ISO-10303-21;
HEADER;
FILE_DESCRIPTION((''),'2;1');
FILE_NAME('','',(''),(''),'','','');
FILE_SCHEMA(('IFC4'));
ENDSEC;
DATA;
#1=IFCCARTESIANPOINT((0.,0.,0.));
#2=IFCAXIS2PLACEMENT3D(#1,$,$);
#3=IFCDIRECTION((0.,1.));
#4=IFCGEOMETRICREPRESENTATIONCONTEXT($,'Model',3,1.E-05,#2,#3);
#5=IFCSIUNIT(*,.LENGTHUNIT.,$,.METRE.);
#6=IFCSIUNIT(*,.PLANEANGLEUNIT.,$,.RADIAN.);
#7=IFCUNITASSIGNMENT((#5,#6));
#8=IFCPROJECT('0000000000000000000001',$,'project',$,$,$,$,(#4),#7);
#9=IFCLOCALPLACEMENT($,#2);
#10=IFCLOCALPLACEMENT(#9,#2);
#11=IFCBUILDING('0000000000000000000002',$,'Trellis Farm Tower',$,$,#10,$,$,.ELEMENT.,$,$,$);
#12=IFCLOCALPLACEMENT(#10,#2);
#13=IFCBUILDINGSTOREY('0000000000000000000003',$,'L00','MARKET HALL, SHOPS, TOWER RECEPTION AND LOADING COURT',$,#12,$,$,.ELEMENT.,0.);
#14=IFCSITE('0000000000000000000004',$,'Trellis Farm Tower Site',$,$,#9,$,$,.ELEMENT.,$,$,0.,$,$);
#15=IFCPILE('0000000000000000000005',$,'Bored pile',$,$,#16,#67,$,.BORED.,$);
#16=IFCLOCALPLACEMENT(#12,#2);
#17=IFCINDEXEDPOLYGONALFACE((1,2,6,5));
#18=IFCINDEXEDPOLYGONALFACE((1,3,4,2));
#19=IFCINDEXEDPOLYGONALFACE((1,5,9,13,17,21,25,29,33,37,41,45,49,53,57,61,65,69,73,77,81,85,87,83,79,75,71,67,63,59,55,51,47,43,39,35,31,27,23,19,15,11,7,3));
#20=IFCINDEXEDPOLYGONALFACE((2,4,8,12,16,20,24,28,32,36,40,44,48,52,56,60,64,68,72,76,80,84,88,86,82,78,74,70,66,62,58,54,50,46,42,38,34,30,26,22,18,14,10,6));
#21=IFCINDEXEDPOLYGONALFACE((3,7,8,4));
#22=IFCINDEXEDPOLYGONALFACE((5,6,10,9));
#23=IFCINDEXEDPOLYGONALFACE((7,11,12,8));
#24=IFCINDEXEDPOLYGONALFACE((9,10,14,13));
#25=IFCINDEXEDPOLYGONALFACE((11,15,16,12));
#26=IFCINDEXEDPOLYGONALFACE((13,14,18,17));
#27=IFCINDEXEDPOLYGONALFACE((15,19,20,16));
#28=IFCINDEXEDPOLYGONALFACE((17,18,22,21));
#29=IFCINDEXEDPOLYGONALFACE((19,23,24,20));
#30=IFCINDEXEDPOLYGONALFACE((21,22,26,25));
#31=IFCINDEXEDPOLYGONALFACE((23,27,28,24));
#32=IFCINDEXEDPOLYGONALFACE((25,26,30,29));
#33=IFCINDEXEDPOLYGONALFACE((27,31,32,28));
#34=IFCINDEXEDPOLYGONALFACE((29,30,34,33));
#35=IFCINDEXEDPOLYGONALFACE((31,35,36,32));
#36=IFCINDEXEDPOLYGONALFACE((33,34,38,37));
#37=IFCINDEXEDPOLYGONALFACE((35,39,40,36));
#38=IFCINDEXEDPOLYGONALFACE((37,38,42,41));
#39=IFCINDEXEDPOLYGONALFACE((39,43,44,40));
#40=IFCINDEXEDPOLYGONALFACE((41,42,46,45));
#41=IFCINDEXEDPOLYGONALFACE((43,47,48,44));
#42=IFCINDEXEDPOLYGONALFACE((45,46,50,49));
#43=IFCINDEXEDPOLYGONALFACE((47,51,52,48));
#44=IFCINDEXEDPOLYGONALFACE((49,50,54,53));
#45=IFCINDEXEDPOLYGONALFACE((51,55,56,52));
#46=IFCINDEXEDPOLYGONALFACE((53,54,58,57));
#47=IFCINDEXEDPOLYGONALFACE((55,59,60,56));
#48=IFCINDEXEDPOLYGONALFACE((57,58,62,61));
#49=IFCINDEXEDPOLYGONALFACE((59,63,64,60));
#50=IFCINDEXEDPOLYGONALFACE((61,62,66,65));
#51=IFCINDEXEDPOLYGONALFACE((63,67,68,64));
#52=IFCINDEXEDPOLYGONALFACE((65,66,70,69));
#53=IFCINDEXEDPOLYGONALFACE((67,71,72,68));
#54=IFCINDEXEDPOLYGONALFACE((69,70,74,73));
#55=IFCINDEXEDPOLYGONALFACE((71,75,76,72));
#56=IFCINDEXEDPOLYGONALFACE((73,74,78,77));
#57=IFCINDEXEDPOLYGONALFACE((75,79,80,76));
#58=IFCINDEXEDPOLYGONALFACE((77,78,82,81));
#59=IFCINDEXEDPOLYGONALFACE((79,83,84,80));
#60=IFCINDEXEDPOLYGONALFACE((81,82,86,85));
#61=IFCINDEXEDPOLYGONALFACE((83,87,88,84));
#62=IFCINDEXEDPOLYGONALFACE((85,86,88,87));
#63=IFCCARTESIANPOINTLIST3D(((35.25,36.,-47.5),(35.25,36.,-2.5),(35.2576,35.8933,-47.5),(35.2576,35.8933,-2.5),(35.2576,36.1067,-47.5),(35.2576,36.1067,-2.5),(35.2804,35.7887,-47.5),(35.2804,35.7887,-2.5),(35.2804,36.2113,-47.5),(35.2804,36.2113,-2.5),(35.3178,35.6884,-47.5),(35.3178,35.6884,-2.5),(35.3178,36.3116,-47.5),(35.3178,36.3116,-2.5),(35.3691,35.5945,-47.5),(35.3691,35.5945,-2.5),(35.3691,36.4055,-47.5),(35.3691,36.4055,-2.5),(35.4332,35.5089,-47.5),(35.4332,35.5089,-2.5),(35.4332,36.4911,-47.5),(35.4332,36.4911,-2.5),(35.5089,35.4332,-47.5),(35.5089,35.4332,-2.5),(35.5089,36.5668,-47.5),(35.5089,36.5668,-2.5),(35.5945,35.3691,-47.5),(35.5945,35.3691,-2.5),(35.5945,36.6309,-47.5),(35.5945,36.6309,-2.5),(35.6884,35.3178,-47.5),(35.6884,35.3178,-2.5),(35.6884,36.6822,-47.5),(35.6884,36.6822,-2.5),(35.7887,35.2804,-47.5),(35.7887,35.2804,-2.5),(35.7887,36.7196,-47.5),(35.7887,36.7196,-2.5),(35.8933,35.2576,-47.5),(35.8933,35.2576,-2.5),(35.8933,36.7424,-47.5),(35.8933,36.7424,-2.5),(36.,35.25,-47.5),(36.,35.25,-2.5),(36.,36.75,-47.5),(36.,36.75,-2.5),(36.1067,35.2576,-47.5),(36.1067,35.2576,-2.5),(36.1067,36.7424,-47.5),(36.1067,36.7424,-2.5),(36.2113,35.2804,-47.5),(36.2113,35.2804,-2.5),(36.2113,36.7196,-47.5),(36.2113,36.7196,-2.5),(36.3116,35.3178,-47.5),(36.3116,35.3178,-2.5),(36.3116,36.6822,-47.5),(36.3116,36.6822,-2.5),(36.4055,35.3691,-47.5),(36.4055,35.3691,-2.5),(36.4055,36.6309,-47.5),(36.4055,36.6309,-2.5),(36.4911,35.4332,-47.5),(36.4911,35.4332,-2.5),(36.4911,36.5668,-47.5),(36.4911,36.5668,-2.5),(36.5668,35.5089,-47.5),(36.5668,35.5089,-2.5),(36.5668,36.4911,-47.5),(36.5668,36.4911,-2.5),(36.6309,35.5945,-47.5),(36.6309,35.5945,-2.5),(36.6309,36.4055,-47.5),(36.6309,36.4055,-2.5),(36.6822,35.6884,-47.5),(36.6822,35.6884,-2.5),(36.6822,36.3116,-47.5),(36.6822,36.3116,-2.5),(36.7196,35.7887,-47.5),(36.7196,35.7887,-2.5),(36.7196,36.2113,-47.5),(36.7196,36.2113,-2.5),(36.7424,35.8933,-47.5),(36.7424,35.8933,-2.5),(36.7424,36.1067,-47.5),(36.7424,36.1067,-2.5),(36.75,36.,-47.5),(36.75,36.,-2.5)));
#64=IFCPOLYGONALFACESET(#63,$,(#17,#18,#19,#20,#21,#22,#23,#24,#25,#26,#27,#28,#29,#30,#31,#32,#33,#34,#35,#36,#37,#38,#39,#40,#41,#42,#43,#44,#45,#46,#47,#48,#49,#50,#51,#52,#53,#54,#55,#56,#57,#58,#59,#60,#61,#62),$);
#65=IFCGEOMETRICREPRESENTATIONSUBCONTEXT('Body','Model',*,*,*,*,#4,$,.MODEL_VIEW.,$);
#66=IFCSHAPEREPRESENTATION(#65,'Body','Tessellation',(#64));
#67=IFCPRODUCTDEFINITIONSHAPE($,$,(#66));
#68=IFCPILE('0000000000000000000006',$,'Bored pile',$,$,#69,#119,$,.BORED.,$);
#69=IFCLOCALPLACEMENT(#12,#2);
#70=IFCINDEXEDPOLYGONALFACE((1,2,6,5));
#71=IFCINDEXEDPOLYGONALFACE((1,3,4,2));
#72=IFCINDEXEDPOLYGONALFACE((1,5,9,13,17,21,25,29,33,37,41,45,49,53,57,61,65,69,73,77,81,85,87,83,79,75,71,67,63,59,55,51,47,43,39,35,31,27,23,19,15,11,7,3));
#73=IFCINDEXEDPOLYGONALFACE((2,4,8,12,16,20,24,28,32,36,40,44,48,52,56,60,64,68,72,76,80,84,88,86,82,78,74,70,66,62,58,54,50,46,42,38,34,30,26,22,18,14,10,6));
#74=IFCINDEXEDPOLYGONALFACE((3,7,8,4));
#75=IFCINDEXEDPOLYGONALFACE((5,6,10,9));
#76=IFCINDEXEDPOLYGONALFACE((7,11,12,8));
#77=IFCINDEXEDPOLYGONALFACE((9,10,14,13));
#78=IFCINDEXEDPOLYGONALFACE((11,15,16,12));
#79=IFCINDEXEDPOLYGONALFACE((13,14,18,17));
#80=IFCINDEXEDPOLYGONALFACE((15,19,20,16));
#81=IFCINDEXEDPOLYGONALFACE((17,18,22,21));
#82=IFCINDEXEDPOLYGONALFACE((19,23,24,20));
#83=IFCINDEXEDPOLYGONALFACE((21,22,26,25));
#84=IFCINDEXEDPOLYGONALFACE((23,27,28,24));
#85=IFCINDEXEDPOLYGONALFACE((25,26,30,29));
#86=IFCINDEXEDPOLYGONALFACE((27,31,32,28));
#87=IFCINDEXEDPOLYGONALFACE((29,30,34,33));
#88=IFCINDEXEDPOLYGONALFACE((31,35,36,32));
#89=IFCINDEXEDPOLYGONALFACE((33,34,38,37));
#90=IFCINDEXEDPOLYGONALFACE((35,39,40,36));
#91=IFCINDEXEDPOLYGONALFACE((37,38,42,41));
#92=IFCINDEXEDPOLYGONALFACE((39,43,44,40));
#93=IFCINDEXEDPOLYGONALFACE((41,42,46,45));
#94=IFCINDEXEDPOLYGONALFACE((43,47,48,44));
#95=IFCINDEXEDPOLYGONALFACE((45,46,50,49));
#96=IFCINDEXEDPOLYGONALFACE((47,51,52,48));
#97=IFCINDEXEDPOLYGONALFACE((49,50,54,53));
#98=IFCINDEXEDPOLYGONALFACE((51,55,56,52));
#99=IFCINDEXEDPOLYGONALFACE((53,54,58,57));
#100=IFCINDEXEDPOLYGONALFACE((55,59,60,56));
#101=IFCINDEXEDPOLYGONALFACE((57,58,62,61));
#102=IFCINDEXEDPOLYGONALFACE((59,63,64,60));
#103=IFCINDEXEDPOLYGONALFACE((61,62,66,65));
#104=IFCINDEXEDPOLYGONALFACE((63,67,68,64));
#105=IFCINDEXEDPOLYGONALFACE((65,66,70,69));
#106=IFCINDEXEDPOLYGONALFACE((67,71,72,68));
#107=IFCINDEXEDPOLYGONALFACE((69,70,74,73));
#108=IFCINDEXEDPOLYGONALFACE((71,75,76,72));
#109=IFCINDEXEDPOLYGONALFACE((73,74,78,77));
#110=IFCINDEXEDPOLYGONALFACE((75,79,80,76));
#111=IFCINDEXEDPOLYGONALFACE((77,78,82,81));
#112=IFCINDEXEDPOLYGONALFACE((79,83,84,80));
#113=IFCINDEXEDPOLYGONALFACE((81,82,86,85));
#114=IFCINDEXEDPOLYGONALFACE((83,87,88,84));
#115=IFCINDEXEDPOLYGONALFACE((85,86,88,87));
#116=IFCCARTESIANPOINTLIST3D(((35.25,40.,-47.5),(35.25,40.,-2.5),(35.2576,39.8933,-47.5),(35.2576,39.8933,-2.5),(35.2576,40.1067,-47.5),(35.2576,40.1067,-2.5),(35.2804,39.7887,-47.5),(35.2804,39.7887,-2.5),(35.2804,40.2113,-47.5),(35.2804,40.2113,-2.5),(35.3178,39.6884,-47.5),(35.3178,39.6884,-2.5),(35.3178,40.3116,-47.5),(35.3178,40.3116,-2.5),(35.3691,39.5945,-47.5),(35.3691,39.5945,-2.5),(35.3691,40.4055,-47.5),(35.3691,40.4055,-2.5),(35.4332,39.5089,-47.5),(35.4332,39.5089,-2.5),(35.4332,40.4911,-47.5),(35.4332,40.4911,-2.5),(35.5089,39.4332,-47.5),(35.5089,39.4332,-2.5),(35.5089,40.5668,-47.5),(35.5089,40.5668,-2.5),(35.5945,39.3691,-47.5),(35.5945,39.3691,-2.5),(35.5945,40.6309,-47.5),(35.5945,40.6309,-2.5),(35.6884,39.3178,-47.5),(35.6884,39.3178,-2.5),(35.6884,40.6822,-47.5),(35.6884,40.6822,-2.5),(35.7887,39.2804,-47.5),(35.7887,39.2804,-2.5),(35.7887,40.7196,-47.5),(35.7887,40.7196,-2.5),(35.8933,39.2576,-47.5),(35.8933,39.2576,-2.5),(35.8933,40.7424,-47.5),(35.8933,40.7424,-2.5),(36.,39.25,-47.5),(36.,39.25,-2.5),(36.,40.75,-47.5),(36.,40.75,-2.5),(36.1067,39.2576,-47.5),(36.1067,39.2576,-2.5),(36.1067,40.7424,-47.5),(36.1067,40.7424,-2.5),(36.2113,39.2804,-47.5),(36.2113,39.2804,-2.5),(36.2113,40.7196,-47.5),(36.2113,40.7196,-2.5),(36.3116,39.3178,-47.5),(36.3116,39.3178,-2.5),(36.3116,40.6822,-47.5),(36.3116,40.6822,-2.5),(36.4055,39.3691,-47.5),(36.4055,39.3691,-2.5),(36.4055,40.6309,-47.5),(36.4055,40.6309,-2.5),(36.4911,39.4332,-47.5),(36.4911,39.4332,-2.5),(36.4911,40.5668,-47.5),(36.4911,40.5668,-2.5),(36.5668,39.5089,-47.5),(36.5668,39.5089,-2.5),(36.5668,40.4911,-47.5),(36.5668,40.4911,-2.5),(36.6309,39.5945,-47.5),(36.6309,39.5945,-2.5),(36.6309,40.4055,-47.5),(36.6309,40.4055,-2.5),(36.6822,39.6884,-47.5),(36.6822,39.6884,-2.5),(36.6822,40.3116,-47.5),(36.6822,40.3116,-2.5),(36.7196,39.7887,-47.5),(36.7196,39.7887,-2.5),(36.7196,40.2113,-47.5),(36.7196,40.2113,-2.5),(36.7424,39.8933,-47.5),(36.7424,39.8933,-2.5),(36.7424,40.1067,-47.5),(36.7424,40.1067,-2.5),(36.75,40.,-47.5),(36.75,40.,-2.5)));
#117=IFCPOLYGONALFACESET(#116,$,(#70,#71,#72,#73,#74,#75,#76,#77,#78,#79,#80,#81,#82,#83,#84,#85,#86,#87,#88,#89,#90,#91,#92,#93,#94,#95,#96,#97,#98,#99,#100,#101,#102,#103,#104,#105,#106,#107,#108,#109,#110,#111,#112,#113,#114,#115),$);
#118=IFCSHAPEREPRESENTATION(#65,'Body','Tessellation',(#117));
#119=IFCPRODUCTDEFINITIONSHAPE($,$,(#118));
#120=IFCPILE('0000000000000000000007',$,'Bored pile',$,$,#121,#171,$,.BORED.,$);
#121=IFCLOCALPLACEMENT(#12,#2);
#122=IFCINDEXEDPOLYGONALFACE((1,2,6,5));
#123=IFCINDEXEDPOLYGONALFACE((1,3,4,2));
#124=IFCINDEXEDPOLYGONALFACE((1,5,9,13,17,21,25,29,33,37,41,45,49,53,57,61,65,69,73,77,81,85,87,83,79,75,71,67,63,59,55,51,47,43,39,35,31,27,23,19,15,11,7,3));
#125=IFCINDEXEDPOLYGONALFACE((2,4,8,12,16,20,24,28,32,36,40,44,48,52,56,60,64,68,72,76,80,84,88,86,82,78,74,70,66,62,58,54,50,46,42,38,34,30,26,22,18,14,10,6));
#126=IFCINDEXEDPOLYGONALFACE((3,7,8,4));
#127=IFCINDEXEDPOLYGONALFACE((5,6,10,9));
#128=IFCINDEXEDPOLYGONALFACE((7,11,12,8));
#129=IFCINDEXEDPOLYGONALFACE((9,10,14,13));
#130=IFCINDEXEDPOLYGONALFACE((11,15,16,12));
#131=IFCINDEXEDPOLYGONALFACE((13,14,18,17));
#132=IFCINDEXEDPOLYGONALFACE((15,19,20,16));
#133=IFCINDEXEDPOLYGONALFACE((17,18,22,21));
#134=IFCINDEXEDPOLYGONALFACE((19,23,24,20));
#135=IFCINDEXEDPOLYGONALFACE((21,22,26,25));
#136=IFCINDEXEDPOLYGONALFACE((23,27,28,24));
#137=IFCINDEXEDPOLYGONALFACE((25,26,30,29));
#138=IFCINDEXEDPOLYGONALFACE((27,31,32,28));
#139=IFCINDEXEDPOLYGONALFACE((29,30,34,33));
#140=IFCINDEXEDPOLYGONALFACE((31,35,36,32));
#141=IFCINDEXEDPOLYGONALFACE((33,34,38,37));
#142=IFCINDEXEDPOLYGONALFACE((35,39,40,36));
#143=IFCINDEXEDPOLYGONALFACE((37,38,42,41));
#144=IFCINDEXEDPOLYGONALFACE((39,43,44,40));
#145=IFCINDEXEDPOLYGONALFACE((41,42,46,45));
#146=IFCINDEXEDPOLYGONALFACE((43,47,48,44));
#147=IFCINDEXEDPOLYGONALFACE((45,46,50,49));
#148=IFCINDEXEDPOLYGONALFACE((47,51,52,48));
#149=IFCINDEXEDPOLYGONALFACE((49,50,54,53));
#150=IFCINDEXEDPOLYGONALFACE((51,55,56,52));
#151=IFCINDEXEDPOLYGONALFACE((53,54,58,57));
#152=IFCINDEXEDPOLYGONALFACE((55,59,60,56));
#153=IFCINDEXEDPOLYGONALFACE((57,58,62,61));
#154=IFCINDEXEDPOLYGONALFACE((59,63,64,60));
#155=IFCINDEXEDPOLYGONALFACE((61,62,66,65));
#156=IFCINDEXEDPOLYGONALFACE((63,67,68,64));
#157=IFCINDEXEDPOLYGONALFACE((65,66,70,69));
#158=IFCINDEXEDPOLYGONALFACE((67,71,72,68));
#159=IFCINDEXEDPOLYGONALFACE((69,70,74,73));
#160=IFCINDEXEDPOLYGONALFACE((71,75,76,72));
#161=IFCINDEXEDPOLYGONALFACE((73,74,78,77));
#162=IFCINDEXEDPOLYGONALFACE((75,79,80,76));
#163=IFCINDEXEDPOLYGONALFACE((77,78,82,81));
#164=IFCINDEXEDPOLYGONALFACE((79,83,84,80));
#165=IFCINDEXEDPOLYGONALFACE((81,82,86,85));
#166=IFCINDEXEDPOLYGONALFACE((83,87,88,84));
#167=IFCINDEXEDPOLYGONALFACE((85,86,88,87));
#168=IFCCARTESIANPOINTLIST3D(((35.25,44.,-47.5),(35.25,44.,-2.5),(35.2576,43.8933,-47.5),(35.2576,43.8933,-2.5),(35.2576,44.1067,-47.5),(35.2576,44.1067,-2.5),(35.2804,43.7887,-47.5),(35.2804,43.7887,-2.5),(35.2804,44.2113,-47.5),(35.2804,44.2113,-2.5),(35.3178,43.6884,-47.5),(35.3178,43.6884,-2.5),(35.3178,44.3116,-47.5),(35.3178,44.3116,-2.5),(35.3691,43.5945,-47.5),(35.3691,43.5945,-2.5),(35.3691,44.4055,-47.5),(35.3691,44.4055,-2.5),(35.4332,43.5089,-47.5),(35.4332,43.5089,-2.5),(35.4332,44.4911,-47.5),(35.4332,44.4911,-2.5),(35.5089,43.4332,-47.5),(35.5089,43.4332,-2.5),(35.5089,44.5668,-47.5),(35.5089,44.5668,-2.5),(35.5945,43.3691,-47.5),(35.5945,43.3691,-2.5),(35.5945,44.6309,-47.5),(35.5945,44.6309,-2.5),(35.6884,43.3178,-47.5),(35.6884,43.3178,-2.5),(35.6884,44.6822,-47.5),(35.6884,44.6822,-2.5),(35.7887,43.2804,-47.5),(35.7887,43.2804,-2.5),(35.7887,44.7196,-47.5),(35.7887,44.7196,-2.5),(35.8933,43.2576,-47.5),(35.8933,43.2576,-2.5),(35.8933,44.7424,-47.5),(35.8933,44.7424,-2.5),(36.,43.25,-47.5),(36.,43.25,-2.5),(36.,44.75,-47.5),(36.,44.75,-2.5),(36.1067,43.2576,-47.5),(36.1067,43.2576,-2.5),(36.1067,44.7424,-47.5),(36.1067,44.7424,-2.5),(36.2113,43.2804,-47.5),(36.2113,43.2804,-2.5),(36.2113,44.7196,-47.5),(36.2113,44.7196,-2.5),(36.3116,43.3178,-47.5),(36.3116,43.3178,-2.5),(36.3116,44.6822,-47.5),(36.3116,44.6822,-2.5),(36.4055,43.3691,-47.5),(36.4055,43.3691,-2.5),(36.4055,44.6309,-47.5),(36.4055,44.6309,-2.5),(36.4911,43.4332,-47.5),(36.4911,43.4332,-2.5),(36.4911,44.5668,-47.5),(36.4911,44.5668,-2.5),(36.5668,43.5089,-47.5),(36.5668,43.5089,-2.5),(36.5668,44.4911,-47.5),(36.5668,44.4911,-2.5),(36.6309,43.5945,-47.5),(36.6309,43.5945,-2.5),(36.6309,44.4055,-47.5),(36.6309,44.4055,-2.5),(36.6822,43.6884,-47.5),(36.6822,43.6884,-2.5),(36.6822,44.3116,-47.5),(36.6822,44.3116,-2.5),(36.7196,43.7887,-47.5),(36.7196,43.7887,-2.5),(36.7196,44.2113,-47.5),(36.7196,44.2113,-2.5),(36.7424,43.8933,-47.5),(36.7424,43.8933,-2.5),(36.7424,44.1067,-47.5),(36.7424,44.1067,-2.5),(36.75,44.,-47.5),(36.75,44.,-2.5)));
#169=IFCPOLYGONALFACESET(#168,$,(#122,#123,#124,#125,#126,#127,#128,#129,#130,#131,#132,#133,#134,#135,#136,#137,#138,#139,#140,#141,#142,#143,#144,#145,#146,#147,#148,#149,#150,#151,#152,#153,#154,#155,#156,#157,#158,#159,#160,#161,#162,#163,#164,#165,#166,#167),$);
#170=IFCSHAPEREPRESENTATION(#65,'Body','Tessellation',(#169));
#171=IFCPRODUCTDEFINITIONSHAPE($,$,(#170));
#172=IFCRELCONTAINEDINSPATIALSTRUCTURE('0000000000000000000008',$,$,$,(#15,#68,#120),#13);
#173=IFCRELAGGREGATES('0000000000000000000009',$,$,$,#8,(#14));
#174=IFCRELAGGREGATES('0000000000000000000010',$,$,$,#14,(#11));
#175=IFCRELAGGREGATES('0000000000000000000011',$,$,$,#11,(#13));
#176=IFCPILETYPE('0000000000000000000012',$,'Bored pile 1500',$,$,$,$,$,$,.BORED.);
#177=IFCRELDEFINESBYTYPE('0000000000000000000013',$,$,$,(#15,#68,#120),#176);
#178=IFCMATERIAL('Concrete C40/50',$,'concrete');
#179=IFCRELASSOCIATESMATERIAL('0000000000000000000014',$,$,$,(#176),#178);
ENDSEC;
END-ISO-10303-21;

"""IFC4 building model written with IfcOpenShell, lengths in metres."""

from ifc_helpers import new_model, si_unit, direction, frame, origin, origin_2d, place, context, subcontext, project, spatial, circle, extrude, source, transform, mapped, material, material_profile, profile_set, type_object, element, save


model = new_model("IFC4")

# Units and contexts
model_context = context("Model", 3, precision=1e-05, world=origin(), true_north=direction((0.0, 1.0)))
body_context = subcontext(model_context, "Body", "Model", "MODEL_VIEW")
ifc_project = project(units=[si_unit("LENGTHUNIT", "METRE"), si_unit("PLANEANGLEUNIT", "RADIAN")], contexts=[model_context])

# Site, building, storey
site_placement = place(None, origin())
site = spatial("IfcSite", under=ifc_project, at=site_placement, Name="Trellis Farm Tower Site", CompositionType="ELEMENT", RefElevation=0.0)
building_placement = place(site_placement, origin())
building = spatial("IfcBuilding", under=site, at=building_placement, Name="Trellis Farm Tower", CompositionType="ELEMENT")
storey_placement = place(building_placement, origin())
storey = spatial("IfcBuildingStorey", under=building, at=storey_placement, Name="L00", Description="MARKET HALL, SHOPS, TOWER RECEPTION AND LOADING COURT", CompositionType="ELEMENT", Elevation=0.0)

# Piles
ifc_material_1 = material(Name="Concrete C40/50", Category="concrete")
ifc_material_profile_1 = material_profile(ifc_material_1, circle(Radius=0.75, at=origin_2d()), Name="Bored pile 1500")
ifc_profile_set_1 = profile_set([ifc_material_profile_1], Name="Concrete C40/50")
pile_type = type_object("IfcPileType", Name="Bored pile 1500", PredefinedType="BORED", material=ifc_profile_set_1)
shared_shape_1 = source(origin(), body_context, "Body", "SweptSolid", [
    extrude(circle(Radius=0.75, at=origin_2d()), origin(), (0.0, 0.0, 1.0), 45.0),
])
for number, where, z_axis, x_axis, name in (
    (1, (36.0, 36.0, -2.5), (0.0, 0.0, -1.0), (1.0, 0.0, 0.0), "Bored pile"),
    (2, (36.0, 40.0, -2.5), (0.0, 0.0, -1.0), (1.0, 0.0, 0.0), "Bored pile"),
    (3, (36.0, 44.0, -2.5), (0.0, 0.0, -1.0), (1.0, 0.0, 0.0), "Bored pile"),
):
    element("IfcPile", number, at=place(storey_placement, frame(where, z_axis=z_axis, x_axis=x_axis)), inside=storey, type_object=pile_type, Name=name, PredefinedType="BORED", context=body_context, shape_type="MappedRepresentation", body=[
        mapped(shared_shape_1, transform((0.0, 0.0, 0.0))),
    ])

save(model, "model.ifc")
